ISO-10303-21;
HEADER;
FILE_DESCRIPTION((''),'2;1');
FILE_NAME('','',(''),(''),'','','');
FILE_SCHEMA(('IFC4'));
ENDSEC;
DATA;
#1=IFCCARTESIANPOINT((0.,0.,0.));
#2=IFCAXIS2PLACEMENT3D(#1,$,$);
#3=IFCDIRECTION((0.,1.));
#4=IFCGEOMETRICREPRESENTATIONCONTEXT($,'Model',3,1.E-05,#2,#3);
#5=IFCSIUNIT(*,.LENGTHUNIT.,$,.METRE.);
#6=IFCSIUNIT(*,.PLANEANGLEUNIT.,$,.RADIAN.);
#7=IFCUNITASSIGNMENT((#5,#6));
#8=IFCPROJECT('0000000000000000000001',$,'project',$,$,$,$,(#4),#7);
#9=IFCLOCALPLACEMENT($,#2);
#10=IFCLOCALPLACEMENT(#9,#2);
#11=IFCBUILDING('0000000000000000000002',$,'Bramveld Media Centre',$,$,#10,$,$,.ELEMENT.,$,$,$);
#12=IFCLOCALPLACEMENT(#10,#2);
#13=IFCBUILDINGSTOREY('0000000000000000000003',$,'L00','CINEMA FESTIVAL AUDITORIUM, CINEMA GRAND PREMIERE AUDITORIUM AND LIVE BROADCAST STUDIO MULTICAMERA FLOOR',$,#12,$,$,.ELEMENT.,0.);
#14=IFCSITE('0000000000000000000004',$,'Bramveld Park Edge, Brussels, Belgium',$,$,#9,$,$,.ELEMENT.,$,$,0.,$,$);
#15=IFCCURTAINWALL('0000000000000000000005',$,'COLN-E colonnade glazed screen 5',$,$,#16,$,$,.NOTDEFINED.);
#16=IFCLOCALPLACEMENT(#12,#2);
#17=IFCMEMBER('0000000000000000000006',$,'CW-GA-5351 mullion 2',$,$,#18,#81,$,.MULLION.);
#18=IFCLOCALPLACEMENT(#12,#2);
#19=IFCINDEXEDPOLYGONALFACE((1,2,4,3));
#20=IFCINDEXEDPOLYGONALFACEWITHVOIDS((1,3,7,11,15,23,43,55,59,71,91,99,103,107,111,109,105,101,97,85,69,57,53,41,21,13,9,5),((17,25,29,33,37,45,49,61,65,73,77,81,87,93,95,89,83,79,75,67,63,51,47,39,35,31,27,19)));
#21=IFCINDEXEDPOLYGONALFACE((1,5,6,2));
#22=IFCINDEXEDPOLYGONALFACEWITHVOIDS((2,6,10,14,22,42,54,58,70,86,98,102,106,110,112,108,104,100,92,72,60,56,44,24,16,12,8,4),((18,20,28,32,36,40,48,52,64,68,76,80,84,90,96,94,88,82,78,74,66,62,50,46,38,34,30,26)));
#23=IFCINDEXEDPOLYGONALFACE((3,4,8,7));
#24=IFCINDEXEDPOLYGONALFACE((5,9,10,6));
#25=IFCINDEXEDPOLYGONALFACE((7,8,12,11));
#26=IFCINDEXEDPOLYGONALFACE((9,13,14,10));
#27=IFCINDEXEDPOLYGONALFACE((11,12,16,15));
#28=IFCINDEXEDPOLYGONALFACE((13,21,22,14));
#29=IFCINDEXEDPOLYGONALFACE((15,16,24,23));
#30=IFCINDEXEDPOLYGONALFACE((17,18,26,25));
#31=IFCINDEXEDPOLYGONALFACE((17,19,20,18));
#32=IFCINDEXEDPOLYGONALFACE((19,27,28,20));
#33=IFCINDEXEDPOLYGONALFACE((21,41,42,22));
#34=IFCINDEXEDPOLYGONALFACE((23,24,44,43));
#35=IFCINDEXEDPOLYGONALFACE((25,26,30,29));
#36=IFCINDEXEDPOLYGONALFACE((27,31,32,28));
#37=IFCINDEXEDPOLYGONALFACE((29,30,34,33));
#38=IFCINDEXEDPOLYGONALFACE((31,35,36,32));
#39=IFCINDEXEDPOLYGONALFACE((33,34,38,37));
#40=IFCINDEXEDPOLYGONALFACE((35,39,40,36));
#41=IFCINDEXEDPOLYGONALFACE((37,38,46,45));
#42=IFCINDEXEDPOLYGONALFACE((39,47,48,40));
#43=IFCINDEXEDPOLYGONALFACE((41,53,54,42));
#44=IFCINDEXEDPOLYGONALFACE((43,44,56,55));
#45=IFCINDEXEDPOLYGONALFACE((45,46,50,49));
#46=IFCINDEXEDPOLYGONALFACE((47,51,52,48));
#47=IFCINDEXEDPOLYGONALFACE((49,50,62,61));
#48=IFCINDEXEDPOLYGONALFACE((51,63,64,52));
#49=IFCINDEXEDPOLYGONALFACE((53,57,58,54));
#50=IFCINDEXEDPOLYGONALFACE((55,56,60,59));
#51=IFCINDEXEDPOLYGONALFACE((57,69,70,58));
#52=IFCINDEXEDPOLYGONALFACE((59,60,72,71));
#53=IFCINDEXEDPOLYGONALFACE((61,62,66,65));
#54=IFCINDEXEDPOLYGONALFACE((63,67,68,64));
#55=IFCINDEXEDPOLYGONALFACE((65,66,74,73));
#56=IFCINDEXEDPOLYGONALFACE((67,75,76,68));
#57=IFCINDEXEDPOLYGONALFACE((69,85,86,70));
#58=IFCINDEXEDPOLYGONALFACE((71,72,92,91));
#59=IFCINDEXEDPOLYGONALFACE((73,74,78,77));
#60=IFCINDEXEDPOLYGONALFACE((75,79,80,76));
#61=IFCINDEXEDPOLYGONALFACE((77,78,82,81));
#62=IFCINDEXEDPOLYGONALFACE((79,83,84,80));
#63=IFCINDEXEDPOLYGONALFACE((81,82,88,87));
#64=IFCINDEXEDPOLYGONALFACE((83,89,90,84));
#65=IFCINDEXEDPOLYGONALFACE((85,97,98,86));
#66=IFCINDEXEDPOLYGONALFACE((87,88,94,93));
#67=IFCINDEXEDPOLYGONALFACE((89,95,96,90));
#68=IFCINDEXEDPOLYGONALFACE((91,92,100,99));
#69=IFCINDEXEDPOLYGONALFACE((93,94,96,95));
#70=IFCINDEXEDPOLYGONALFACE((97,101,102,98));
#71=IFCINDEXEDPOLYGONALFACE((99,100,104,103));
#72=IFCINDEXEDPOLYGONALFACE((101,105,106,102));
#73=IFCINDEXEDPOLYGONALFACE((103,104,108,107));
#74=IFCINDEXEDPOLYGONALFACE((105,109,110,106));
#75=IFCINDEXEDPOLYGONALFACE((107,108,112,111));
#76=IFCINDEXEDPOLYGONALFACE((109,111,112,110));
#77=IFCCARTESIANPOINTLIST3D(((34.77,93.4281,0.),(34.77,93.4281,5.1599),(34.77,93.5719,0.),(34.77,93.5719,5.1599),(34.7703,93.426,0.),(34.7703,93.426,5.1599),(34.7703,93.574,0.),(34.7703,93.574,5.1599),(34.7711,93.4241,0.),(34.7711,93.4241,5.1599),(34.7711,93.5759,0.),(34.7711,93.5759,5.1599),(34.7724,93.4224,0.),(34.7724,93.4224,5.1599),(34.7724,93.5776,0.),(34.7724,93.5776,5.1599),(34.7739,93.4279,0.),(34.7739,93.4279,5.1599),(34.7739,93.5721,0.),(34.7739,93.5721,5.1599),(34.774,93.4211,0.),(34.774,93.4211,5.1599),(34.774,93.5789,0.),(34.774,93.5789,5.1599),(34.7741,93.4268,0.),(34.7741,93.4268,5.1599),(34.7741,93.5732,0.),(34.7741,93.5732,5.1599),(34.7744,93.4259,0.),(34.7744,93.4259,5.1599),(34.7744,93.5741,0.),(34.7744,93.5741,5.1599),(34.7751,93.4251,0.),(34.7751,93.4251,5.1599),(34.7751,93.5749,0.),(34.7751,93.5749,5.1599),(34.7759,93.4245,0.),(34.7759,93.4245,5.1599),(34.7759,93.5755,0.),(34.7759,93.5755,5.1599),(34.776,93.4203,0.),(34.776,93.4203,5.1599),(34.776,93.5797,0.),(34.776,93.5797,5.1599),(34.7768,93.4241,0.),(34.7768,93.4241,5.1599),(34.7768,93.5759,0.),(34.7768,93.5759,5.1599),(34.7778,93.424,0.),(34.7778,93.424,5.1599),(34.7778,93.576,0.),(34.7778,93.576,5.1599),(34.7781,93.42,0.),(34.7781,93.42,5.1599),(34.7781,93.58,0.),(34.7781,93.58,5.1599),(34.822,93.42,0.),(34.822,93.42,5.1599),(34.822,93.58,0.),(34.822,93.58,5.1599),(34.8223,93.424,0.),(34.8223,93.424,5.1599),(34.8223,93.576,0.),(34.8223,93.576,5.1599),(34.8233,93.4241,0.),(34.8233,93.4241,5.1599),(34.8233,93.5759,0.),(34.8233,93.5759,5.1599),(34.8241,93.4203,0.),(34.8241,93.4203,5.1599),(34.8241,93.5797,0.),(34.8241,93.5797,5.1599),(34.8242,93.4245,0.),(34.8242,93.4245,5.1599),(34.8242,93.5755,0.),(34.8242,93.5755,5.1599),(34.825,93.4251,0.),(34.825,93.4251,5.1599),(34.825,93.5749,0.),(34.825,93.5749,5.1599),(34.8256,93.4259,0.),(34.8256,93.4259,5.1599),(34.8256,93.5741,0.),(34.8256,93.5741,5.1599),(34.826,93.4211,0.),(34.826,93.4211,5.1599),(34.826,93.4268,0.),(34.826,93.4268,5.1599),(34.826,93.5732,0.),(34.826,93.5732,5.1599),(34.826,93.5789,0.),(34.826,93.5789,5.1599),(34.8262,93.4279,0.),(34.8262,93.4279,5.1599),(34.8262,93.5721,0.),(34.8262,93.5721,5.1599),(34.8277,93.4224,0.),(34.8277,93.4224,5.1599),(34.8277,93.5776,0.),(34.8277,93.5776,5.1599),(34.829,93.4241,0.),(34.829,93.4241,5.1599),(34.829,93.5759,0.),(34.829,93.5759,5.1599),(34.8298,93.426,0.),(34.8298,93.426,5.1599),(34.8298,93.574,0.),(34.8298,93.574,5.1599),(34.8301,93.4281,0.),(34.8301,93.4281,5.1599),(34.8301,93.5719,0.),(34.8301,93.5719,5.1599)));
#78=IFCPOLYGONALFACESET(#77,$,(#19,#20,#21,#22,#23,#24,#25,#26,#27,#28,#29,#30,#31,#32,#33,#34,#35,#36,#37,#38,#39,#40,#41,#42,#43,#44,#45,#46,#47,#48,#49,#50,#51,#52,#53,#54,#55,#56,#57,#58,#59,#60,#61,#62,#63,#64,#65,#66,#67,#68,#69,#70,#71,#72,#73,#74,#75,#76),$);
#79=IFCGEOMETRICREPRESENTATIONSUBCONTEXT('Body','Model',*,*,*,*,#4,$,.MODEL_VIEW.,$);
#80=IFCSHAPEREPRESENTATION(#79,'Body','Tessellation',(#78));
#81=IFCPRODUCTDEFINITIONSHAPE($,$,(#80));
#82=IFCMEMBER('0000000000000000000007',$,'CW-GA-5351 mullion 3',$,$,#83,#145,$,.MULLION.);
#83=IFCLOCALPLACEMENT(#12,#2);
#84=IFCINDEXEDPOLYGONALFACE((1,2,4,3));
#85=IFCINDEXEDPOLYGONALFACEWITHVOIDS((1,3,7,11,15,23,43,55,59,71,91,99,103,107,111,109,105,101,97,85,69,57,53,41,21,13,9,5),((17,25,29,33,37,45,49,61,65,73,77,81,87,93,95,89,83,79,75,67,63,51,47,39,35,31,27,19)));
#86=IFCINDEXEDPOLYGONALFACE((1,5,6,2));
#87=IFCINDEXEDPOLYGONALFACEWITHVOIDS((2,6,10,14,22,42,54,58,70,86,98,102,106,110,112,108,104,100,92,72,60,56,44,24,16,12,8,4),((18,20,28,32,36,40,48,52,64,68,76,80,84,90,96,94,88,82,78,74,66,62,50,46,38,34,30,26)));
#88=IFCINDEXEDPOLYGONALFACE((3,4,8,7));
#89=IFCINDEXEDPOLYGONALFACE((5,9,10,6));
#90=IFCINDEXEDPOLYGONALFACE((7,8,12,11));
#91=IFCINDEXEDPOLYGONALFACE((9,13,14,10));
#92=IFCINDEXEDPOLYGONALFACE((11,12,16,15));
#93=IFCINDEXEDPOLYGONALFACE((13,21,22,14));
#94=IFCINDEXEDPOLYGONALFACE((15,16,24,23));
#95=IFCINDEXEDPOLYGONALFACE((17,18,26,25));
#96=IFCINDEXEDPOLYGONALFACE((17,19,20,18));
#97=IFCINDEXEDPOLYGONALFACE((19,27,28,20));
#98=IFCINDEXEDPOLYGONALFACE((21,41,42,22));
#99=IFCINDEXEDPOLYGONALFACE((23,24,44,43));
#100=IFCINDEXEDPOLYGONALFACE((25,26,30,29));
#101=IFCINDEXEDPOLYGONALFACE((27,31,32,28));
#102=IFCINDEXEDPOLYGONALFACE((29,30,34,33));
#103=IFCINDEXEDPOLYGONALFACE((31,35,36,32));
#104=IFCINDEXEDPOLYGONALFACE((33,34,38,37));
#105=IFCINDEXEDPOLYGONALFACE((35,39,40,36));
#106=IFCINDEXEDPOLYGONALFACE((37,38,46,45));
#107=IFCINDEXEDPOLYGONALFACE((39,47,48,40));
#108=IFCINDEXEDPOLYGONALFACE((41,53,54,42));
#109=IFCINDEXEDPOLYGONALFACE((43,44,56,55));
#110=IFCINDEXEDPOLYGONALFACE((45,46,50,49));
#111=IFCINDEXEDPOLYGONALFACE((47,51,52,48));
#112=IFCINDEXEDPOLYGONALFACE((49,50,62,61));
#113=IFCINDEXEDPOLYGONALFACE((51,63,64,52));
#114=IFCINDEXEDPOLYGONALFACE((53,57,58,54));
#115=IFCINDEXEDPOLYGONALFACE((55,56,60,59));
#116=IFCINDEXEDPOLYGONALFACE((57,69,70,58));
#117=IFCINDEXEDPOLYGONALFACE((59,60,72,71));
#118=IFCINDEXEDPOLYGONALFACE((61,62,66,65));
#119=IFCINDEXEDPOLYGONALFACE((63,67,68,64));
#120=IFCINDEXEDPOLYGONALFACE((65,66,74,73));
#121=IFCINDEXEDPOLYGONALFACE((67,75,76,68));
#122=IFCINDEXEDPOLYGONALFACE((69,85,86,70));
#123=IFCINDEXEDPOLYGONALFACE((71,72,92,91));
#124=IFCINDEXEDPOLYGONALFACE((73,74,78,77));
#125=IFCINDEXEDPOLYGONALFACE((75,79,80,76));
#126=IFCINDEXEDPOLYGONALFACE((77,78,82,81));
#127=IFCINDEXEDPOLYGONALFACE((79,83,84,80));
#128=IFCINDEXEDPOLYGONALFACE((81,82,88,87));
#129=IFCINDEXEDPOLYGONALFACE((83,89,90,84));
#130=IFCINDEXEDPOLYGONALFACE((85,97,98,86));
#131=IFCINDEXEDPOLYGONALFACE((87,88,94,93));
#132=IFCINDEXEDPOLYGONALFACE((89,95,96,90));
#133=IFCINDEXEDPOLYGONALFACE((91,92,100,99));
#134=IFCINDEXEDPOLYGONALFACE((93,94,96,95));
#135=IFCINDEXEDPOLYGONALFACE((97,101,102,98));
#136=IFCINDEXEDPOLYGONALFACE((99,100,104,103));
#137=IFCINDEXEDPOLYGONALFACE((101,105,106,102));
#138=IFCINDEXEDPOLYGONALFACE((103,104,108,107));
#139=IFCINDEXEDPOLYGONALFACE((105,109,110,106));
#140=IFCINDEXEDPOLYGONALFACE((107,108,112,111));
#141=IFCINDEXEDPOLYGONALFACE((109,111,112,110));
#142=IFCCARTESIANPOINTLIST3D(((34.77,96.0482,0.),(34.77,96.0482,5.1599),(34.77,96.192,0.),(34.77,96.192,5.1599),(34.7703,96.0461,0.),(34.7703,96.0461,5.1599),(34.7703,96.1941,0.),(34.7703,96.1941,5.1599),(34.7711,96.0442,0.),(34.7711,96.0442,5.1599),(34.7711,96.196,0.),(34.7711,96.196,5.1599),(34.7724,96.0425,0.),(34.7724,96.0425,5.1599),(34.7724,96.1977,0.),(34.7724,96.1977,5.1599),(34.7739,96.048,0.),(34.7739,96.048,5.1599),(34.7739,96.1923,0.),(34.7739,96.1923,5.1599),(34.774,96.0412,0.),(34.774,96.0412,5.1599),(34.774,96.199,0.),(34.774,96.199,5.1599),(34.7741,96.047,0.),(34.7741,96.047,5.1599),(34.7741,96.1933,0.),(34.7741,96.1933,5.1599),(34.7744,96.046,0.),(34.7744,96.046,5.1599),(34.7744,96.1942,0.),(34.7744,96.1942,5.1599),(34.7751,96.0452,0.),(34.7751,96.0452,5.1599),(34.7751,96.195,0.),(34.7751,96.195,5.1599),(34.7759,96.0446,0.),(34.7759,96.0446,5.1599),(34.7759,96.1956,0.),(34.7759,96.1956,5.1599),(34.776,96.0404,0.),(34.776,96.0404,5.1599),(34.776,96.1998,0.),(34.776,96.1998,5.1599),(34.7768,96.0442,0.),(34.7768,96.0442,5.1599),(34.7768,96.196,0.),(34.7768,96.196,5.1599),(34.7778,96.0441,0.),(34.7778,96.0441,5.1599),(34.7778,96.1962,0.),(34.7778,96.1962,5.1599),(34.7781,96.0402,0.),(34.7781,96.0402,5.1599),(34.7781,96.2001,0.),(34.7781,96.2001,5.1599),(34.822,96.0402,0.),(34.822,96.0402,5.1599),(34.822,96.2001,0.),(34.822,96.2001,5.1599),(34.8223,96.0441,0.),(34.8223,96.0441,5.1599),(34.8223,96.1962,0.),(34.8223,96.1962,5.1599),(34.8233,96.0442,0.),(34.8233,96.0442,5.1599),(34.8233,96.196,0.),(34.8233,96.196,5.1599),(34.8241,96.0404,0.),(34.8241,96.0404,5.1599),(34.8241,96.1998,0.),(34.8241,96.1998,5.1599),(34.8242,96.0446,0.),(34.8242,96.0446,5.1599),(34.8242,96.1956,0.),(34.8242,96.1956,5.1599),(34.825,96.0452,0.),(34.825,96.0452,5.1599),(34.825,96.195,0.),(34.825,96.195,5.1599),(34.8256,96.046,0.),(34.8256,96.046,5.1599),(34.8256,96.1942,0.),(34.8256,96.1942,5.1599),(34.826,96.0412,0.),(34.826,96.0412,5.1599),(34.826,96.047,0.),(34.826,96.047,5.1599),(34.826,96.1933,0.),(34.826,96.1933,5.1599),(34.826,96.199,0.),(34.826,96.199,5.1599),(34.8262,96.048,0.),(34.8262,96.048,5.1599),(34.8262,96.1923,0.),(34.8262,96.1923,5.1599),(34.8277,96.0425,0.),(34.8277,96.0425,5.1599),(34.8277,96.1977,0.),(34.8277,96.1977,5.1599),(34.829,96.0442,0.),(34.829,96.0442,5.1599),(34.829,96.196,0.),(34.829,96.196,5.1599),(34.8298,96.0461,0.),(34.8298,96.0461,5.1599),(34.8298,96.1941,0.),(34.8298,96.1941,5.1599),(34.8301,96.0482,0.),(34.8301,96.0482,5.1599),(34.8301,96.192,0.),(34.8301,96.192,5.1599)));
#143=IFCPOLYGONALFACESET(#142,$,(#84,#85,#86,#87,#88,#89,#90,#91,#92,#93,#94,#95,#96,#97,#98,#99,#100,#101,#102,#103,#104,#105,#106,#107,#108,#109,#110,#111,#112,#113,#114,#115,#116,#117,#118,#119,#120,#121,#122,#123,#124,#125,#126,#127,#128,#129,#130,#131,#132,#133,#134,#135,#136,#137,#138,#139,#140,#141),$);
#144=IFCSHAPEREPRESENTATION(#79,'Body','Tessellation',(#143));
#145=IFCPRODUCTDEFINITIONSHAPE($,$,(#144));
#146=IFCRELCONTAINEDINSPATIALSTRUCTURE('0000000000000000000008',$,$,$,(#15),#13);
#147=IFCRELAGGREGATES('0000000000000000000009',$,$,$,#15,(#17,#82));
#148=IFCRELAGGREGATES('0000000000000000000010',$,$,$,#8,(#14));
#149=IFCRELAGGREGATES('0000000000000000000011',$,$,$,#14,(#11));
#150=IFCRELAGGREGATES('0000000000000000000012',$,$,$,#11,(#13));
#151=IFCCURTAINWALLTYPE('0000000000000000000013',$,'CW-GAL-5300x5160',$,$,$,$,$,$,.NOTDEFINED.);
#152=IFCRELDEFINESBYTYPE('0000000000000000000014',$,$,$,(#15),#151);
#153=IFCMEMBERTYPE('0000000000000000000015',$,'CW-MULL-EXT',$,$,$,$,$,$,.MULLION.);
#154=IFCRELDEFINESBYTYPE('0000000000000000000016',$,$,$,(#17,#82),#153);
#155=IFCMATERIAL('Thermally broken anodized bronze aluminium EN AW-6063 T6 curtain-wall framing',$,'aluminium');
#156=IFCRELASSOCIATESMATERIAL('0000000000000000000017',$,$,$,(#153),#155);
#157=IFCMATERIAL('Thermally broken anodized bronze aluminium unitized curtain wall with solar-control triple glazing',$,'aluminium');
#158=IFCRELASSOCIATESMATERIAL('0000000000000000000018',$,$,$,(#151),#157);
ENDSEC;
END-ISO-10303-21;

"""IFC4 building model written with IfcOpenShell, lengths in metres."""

from ifc_helpers import new_model, si_unit, direction, frame, origin, origin_2d, place, context, subcontext, project, spatial, hollow_rectangle, extrude, material, material_profile, profile_set, type_object, element, aggregate, save


model = new_model("IFC4")

# Units and contexts
model_context = context("Model", 3, precision=1e-05, world=origin(), true_north=direction((0.0, 1.0)))
body_context = subcontext(model_context, "Body", "Model", "MODEL_VIEW")
ifc_project = project(units=[si_unit("LENGTHUNIT", "METRE"), si_unit("PLANEANGLEUNIT", "RADIAN")], contexts=[model_context])

# Site, building, storey
site_placement = place(None, origin())
site = spatial("IfcSite", under=ifc_project, at=site_placement, Name="Bramveld Park Edge, Brussels, Belgium", CompositionType="ELEMENT", RefElevation=0.0)
building_placement = place(site_placement, origin())
building = spatial("IfcBuilding", under=site, at=building_placement, Name="Bramveld Media Centre", CompositionType="ELEMENT")
storey_placement = place(building_placement, origin())
storey = spatial("IfcBuildingStorey", under=building, at=storey_placement, Name="L00", Description="CINEMA FESTIVAL AUDITORIUM, CINEMA GRAND PREMIERE AUDITORIUM AND LIVE BROADCAST STUDIO MULTICAMERA FLOOR", CompositionType="ELEMENT", Elevation=0.0)

# Shared definitions
ifc_material_1 = material(Name="Thermally broken anodized bronze aluminium EN AW-6063 T6 curtain-wall framing", Category="aluminium")
ifc_material_profile_1 = material_profile(ifc_material_1, hollow_rectangle(XDim=0.0601, YDim=0.1599, WallThickness=0.0039, InnerFilletRadius=0.0039, OuterFilletRadius=0.0081, at=origin_2d()), Name="AL-MULL 60x160")
ifc_profile_set_1 = profile_set([ifc_material_profile_1], Name="Thermally broken anodized bronze aluminium EN AW-6063 T6 curtain-wall framing")
member_type_1 = type_object("IfcMemberType", Name="CW-MULL-EXT", PredefinedType="MULLION", material=ifc_profile_set_1)

# Curtain wall, members
ifc_material_2 = material(Name="Thermally broken anodized bronze aluminium unitized curtain wall with solar-control triple glazing", Category="aluminium")
curtain_wall_type_1 = type_object("IfcCurtainWallType", Name="CW-GAL-5300x5160", PredefinedType="NOTDEFINED", material=ifc_material_2)
curtain_wall_1_placement = place(storey_placement, origin())
curtain_wall_1 = element("IfcCurtainWall", 1, at=curtain_wall_1_placement, inside=storey, type_object=curtain_wall_type_1, Name="COLN-E colonnade glazed screen 5", PredefinedType="NOTDEFINED")
member_1_placement = place(storey_placement, frame((34.8, 93.5, 0.0), z_axis=(0.0, 0.0, 1.0), x_axis=(-1.0, 0.0, 0.0)))
member_1 = element("IfcMember", 2, at=member_1_placement, type_object=member_type_1, Name="CW-GA-5351 mullion 2", PredefinedType="MULLION", context=body_context, shape_type="SweptSolid", body=[
    extrude(hollow_rectangle(XDim=0.0601, YDim=0.1599, WallThickness=0.0039, InnerFilletRadius=0.0039, OuterFilletRadius=0.0081, at=origin_2d()), origin(), (0.0, 0.0, 1.0), 5.1599),
])
member_2_placement = place(storey_placement, frame((34.8, 96.1201, 0.0), z_axis=(0.0, 0.0, 1.0), x_axis=(-1.0, 0.0, 0.0)))
member_2 = element("IfcMember", 3, at=member_2_placement, type_object=member_type_1, Name="CW-GA-5351 mullion 3", PredefinedType="MULLION", context=body_context, shape_type="SweptSolid", body=[
    extrude(hollow_rectangle(XDim=0.0601, YDim=0.1599, WallThickness=0.0039, InnerFilletRadius=0.0039, OuterFilletRadius=0.0081, at=origin_2d()), origin(), (0.0, 0.0, 1.0), 5.1599),
])

aggregate(curtain_wall_1, [member_1, member_2])

save(model, "model.ifc")
